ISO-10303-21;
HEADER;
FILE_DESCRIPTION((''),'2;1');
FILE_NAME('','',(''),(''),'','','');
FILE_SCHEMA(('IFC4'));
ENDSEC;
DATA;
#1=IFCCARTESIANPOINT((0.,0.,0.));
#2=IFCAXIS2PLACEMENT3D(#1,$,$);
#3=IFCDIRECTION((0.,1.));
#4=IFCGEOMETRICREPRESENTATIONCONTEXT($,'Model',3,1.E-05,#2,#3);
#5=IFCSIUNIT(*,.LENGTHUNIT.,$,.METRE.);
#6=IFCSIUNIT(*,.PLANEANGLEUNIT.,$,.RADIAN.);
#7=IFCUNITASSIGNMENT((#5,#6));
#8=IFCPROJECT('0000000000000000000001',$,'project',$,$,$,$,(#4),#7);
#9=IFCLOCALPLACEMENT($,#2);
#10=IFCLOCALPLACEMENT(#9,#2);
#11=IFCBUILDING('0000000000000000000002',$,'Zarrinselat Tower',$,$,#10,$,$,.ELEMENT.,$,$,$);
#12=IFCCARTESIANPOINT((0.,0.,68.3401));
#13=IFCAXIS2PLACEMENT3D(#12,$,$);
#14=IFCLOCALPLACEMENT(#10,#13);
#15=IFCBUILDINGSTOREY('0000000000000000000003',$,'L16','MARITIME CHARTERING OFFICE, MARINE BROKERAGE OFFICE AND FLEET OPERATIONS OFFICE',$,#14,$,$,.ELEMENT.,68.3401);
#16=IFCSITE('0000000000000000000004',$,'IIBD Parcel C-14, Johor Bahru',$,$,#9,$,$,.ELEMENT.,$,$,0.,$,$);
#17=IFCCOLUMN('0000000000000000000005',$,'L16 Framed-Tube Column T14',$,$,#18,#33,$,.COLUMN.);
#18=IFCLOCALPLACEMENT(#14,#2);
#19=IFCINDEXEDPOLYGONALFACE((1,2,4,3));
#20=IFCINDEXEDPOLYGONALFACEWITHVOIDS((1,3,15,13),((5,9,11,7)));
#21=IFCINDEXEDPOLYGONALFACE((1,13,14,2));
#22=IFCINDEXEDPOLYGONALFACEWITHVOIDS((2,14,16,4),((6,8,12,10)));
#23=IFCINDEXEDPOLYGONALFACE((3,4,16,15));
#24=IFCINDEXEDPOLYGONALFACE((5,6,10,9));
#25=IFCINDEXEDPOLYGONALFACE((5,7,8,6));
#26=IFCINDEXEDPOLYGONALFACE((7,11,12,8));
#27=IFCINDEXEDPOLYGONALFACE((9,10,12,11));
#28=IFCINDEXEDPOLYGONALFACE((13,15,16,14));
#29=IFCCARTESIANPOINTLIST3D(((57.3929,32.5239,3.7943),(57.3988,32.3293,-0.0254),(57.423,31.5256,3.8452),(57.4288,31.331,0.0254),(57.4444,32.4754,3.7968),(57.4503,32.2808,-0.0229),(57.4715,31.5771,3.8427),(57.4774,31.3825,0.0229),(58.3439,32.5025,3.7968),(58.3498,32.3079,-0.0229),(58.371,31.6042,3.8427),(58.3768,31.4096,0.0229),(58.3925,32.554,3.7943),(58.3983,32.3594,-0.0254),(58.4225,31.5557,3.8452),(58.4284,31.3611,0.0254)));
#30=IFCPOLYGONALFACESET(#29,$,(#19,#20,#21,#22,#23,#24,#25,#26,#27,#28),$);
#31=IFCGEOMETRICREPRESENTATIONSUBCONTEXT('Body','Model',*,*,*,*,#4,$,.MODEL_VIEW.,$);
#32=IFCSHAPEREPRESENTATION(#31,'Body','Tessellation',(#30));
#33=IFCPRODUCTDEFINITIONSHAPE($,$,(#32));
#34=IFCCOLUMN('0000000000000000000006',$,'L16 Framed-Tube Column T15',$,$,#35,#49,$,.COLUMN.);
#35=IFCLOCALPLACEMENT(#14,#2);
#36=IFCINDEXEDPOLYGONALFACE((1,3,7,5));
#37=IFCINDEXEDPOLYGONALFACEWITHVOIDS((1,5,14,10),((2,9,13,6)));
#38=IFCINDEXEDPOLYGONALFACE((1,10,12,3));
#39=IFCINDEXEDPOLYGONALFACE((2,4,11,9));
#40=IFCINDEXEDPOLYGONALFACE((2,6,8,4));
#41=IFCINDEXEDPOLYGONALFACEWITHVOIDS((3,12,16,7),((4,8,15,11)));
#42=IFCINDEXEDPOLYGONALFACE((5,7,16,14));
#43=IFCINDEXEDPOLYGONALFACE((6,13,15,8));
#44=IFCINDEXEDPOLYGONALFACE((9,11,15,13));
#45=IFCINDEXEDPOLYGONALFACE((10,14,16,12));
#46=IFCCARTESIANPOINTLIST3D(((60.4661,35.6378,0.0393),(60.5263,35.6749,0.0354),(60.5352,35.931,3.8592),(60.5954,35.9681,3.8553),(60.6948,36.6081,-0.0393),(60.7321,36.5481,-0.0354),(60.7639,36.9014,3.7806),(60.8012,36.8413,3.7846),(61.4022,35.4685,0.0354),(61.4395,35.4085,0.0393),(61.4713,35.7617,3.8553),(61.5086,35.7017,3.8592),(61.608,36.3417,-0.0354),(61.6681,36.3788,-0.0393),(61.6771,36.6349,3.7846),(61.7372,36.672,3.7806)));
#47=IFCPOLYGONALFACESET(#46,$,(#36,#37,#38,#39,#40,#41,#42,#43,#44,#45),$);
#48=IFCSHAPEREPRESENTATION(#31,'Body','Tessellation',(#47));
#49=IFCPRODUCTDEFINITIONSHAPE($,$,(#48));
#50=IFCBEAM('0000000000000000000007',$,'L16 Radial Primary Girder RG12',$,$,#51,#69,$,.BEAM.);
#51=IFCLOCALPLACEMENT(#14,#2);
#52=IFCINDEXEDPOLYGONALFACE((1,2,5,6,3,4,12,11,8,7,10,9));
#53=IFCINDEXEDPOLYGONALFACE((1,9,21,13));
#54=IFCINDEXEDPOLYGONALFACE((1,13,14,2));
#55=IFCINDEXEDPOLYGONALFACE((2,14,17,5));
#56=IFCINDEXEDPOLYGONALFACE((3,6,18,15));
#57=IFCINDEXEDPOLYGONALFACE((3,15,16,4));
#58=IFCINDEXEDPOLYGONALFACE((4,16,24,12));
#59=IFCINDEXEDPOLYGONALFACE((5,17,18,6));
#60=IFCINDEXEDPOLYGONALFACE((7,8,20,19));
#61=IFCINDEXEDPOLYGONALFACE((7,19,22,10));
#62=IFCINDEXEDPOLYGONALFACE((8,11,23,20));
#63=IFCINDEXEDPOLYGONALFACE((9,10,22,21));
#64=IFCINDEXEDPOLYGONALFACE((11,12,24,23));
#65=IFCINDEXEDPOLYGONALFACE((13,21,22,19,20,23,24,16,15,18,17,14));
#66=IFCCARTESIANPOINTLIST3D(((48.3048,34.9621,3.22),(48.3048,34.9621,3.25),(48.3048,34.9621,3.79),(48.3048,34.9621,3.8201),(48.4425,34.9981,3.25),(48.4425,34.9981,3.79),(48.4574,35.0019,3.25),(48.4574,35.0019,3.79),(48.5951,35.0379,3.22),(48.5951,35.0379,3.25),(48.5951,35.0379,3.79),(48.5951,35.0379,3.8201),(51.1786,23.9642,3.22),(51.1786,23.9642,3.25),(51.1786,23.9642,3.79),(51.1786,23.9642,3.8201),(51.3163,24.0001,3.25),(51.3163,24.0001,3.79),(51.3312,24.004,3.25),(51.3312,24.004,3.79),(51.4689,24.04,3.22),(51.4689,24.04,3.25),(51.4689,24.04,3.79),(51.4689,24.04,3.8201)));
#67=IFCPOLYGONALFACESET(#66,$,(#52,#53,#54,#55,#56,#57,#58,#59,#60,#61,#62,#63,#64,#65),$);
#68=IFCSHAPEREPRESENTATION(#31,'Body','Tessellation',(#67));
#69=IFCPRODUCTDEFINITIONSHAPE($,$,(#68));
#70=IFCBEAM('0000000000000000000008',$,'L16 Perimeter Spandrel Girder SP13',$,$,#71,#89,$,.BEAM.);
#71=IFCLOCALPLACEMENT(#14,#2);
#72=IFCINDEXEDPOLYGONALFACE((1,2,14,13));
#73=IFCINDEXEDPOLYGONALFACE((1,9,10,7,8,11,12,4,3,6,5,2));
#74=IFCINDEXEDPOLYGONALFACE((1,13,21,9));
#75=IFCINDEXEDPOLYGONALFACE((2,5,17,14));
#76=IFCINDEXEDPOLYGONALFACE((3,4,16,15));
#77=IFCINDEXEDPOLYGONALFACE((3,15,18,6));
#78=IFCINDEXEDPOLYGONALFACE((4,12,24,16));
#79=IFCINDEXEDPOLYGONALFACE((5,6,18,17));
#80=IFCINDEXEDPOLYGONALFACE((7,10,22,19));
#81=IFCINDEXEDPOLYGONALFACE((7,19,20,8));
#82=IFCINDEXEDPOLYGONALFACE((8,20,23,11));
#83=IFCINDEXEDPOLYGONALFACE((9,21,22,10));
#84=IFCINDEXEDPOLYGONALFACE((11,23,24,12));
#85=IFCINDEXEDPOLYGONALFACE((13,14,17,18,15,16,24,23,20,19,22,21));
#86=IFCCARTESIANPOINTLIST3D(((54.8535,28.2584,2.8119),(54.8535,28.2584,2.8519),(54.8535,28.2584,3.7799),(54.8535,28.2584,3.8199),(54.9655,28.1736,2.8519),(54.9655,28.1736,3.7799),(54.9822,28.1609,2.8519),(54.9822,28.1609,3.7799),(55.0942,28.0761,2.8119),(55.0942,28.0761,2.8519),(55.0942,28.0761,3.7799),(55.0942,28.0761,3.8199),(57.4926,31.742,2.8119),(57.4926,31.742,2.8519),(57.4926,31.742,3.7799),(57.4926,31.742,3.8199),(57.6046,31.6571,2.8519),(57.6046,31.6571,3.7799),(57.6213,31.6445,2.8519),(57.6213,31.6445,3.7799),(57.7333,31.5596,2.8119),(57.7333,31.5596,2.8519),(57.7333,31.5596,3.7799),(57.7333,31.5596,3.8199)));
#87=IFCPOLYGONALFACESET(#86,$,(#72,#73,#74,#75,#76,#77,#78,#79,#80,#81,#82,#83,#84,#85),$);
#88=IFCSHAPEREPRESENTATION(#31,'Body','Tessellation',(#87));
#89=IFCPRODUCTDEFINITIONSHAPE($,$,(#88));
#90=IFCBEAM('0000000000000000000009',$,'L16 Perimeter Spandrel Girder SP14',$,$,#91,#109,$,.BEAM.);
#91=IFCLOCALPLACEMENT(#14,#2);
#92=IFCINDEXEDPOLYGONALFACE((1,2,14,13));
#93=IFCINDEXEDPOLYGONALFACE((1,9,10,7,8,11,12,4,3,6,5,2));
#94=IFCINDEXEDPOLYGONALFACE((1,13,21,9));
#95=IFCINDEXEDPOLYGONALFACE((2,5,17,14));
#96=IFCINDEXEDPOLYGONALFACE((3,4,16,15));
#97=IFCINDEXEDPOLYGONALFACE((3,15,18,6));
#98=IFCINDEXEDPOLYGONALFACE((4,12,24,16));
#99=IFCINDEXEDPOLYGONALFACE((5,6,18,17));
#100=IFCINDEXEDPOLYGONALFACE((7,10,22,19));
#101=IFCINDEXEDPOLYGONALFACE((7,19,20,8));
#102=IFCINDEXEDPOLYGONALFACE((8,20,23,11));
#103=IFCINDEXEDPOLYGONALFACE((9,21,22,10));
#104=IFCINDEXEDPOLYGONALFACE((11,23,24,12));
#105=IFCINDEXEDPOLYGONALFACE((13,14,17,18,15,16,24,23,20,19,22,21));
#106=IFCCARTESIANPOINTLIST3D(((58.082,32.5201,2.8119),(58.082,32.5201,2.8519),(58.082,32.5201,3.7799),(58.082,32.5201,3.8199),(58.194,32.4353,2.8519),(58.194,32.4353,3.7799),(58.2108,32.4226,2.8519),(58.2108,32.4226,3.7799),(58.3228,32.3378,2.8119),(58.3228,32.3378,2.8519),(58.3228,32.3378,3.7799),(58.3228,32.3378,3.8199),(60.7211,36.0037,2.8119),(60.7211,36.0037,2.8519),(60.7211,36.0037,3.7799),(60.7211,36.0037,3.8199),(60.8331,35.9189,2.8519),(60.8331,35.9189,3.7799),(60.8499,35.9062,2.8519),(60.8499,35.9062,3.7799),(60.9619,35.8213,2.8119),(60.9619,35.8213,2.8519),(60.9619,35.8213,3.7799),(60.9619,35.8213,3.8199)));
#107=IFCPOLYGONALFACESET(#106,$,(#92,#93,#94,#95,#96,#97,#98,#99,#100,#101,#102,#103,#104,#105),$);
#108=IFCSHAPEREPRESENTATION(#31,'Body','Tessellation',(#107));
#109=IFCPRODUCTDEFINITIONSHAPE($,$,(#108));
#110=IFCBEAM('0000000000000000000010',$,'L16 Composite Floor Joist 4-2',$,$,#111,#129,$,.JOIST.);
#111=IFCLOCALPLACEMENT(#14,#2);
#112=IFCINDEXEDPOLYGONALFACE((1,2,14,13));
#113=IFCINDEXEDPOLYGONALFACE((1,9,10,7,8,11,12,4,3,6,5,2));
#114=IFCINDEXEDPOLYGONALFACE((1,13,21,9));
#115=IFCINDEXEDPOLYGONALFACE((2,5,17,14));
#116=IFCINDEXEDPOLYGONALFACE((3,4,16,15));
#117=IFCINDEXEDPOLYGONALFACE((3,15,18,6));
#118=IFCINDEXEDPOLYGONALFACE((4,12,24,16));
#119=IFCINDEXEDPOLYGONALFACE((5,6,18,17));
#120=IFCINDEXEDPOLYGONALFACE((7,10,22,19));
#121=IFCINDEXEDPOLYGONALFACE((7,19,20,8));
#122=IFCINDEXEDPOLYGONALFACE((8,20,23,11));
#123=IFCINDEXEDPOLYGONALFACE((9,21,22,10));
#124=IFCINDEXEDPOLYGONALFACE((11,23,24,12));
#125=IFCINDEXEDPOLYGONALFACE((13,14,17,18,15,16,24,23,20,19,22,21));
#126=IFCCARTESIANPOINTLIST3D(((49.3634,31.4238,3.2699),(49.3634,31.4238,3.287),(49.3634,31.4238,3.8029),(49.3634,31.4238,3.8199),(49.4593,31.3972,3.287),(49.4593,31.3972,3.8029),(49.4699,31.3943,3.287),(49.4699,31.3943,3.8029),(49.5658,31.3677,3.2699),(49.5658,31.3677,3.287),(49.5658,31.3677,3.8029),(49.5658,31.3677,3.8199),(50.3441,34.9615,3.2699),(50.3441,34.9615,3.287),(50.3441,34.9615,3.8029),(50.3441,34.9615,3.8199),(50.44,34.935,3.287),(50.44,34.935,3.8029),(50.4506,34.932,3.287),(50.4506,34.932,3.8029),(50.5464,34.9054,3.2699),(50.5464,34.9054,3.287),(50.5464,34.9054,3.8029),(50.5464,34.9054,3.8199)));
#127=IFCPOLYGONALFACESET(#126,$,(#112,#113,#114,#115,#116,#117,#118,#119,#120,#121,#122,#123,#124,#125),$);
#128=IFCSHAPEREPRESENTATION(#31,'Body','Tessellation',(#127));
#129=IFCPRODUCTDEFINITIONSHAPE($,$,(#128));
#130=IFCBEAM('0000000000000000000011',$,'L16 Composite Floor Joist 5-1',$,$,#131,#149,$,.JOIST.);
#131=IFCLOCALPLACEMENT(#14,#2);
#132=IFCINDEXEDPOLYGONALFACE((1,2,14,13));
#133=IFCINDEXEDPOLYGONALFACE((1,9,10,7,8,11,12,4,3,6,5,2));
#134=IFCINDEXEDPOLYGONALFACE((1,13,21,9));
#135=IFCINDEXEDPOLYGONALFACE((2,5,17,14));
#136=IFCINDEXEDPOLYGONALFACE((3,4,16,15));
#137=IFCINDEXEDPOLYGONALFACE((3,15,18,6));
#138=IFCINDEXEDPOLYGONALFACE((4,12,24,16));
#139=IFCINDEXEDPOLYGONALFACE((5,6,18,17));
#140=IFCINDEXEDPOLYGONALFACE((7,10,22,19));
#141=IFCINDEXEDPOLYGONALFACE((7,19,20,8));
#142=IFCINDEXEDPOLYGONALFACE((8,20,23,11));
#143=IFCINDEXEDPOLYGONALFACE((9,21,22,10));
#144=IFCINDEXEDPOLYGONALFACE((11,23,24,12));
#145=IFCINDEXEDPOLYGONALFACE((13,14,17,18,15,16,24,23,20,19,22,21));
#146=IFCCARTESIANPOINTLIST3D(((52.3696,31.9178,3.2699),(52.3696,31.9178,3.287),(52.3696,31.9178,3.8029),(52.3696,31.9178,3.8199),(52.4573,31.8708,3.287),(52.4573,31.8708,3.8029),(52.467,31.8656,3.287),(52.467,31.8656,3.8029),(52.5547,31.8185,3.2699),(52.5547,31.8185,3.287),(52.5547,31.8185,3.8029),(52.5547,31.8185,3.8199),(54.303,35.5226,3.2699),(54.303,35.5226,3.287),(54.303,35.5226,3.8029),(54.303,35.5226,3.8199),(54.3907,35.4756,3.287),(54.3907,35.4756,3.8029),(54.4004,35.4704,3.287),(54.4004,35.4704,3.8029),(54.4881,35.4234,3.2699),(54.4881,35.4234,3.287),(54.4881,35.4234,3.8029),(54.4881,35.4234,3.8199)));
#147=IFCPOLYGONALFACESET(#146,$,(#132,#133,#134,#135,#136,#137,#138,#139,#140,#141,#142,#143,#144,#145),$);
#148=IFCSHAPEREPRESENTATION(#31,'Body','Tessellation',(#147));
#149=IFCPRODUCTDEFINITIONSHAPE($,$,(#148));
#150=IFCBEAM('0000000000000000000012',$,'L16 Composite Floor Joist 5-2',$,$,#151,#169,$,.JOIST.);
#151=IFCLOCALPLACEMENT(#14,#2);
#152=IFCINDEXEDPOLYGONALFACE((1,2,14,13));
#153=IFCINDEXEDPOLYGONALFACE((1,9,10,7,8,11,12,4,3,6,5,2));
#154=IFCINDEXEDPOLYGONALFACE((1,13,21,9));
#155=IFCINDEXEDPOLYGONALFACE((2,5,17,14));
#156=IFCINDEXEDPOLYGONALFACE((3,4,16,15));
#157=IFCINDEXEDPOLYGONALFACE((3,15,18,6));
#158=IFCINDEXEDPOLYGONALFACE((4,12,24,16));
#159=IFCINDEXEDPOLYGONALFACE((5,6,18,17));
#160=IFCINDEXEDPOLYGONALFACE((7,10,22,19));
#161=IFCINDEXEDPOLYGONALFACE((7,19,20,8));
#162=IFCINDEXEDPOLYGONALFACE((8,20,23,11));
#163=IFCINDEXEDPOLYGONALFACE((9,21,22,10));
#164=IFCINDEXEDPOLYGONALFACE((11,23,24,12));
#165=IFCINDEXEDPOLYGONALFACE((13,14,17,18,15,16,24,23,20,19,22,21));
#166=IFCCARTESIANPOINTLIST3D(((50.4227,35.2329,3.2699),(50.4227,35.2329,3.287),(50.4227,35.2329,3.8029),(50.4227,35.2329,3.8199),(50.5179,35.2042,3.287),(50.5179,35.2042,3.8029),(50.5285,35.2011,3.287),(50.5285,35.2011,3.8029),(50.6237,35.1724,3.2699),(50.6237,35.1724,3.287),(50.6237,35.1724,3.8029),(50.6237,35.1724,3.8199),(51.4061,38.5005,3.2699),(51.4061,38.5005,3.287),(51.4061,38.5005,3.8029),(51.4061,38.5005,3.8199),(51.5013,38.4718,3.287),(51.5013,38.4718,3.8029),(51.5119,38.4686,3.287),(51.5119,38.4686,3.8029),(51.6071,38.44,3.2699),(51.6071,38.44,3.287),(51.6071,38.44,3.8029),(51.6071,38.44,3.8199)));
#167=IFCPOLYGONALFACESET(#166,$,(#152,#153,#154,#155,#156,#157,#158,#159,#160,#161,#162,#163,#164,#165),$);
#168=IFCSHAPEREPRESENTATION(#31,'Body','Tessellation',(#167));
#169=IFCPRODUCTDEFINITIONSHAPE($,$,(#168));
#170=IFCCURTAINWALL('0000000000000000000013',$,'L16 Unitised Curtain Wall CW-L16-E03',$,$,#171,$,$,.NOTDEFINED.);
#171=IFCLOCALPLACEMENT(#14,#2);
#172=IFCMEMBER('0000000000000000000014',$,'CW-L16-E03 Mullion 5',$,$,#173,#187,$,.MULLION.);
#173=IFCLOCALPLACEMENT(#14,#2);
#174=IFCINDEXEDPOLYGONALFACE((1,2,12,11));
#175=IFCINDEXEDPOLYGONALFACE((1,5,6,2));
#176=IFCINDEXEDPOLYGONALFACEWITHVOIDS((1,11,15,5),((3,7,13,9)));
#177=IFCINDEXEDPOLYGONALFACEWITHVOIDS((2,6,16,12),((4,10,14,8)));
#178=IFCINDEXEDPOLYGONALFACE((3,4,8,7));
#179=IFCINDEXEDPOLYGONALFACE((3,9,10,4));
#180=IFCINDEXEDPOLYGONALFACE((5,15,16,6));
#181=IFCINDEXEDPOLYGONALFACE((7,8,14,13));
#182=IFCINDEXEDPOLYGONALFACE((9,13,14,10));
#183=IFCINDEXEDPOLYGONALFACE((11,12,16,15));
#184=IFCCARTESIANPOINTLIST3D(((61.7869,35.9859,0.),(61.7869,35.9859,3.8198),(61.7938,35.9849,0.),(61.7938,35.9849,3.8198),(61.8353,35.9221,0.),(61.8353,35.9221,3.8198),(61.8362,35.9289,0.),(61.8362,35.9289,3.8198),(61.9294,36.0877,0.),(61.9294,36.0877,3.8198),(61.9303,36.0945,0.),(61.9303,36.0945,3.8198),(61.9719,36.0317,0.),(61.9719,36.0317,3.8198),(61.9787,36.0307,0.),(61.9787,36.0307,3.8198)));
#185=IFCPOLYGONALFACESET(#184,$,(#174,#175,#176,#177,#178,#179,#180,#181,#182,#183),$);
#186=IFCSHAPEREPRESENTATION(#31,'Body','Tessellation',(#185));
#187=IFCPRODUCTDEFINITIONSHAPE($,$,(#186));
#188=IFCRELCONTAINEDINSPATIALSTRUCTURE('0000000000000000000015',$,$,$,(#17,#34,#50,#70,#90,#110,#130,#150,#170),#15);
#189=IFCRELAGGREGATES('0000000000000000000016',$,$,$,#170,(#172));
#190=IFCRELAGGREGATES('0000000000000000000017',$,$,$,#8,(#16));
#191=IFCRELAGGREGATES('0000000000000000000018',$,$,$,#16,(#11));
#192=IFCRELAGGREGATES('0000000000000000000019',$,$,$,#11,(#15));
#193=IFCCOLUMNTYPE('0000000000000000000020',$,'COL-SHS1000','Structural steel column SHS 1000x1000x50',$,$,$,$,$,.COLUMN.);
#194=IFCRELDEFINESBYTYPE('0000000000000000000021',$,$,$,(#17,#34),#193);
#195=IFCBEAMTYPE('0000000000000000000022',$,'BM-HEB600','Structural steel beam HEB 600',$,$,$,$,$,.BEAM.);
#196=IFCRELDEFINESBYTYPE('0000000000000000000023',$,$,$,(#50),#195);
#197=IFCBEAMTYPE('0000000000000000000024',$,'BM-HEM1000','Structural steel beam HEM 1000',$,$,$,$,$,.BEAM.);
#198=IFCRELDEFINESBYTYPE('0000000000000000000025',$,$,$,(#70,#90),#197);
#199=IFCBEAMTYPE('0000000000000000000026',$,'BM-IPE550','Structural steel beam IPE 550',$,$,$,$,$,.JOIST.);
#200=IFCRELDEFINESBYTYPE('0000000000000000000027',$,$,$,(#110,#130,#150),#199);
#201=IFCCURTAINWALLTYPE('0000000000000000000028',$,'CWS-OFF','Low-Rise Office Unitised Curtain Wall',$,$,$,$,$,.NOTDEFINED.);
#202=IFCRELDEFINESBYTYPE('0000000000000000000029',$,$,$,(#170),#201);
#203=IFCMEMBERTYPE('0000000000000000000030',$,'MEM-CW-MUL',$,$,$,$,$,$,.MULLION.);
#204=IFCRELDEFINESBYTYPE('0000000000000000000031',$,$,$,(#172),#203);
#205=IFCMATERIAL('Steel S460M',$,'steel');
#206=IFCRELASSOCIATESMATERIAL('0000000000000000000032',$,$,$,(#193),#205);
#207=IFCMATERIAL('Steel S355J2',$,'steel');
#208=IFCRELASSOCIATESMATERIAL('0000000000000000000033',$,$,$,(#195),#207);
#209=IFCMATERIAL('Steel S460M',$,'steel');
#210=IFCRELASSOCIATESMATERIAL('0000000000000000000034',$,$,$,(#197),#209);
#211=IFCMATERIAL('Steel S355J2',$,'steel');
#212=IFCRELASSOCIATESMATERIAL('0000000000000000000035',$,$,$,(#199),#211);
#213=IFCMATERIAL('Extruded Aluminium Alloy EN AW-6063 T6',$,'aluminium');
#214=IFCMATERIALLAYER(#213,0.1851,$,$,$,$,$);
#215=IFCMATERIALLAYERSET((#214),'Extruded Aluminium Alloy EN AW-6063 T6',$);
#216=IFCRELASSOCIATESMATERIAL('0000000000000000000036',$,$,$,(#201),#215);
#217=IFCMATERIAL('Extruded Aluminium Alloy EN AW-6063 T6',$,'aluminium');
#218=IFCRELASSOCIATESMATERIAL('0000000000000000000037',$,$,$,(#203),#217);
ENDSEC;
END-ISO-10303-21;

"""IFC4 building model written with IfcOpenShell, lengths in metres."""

from ifc_helpers import new_model, si_unit, direction, frame, origin, origin_2d, place, context, subcontext, project, spatial, hollow_rectangle, i_section, extrude, material, layer, layer_set, material_profile, profile_set, type_object, element, aggregate, save


model = new_model("IFC4")

# Units and contexts
model_context = context("Model", 3, precision=1e-05, world=origin(), true_north=direction((0.0, 1.0)))
body_context = subcontext(model_context, "Body", "Model", "MODEL_VIEW")
ifc_project = project(units=[si_unit("LENGTHUNIT", "METRE"), si_unit("PLANEANGLEUNIT", "RADIAN")], contexts=[model_context])

# Site, building, storey
site_placement = place(None, origin())
site = spatial("IfcSite", under=ifc_project, at=site_placement, Name="IIBD Parcel C-14, Johor Bahru", CompositionType="ELEMENT", RefElevation=0.0)
building_placement = place(site_placement, origin())
building = spatial("IfcBuilding", under=site, at=building_placement, Name="Zarrinselat Tower", CompositionType="ELEMENT")
storey_placement = place(building_placement, frame((0.0, 0.0, 68.3401)))
storey = spatial("IfcBuildingStorey", under=building, at=storey_placement, Name="L16", Description="MARITIME CHARTERING OFFICE, MARINE BROKERAGE OFFICE AND FLEET OPERATIONS OFFICE", CompositionType="ELEMENT", Elevation=68.3401)

# Columns
ifc_material_1 = material(Name="Steel S460M", Category="steel")
ifc_material_profile_1 = material_profile(ifc_material_1, hollow_rectangle(XDim=1.0, YDim=1.0, WallThickness=0.05, at=origin_2d()), Name="SHS 1000x1000x50")
ifc_profile_set_1 = profile_set([ifc_material_profile_1], Name="Steel S460M")
column_type = type_object("IfcColumnType", Name="COL-SHS1000", Description="Structural steel column SHS 1000x1000x50", PredefinedType="COLUMN", material=ifc_profile_set_1)
column_1_placement = place(storey_placement, frame((57.9136, 31.8452, 0.0), z_axis=(-0.001532, 0.050874, 0.998704), x_axis=(-0.999547, -0.030099, 0.0)))
element("IfcColumn", 1, at=column_1_placement, inside=storey, type_object=column_type, Name="L16 Framed-Tube Column T14", PredefinedType="COLUMN", context=body_context, shape_type="SweptSolid", body=[
    extrude(hollow_rectangle(XDim=1.0, YDim=1.0, WallThickness=0.05, at=origin_2d()), origin(), (0.0, 0.0, 1.0), 3.8247),
])
column_2_placement = place(storey_placement, frame((61.0671, 36.0083, 0.0), z_axis=(0.018032, 0.076523, 0.996905), x_axis=(-0.973343, 0.229356, 0.0)))
element("IfcColumn", 2, at=column_2_placement, inside=storey, type_object=column_type, Name="L16 Framed-Tube Column T15", PredefinedType="COLUMN", context=body_context, shape_type="SweptSolid", body=[
    extrude(hollow_rectangle(XDim=1.0, YDim=1.0, WallThickness=0.05, at=origin_2d()), origin(), (0.0, 0.0, 1.0), 3.8318),
])

# Beams
ifc_material_2 = material(Name="Steel S355J2", Category="steel")
ifc_material_profile_2 = material_profile(ifc_material_2, i_section(OverallWidth=0.3, OverallDepth=0.6001, WebThickness=0.0154, FlangeThickness=0.03, at=origin_2d()), Name="HEB 600")
ifc_profile_set_2 = profile_set([ifc_material_profile_2], Name="Steel S355J2")
beam_type_1 = type_object("IfcBeamType", Name="BM-HEB600", Description="Structural steel beam HEB 600", PredefinedType="BEAM", material=ifc_profile_set_2)
beam_1_placement = place(storey_placement, frame((48.45, 35.0, 3.52), z_axis=(0.252816, -0.967514, 0.0), x_axis=(0.967514, 0.252816, 0.0)))
element("IfcBeam", 3, at=beam_1_placement, inside=storey, type_object=beam_type_1, Name="L16 Radial Primary Girder RG12", PredefinedType="BEAM", context=body_context, shape_type="SweptSolid", body=[
    extrude(i_section(OverallWidth=0.3, OverallDepth=0.6001, WebThickness=0.0154, FlangeThickness=0.03, at=origin_2d()), origin(), (0.0, 0.0, 1.0), 11.3672),
])
ifc_material_3 = material(Name="Steel S460M", Category="steel")
ifc_material_profile_3 = material_profile(ifc_material_3, i_section(OverallWidth=0.302, OverallDepth=1.0081, WebThickness=0.021, FlangeThickness=0.04, at=origin_2d()), Name="HEM 1000")
ifc_profile_set_3 = profile_set([ifc_material_profile_3], Name="Steel S460M")
beam_type_2 = type_object("IfcBeamType", Name="BM-HEM1000", Description="Structural steel beam HEM 1000", PredefinedType="BEAM", material=ifc_profile_set_3)
for number, where, z_axis, x_axis, name in (
    (4, (54.9739, 28.1672, 3.3159), (0.603863, 0.797088, 0.0), (-0.797088, 0.603863, 0.0), "L16 Perimeter Spandrel Girder SP13"),
    (5, (58.2024, 32.429, 3.3159), (0.603863, 0.797088, 0.0), (-0.797088, 0.603863, 0.0), "L16 Perimeter Spandrel Girder SP14"),
):
    element("IfcBeam", number, at=place(storey_placement, frame(where, z_axis=z_axis, x_axis=x_axis)), inside=storey, type_object=beam_type_2, Name=name, PredefinedType="BEAM", context=body_context, shape_type="SweptSolid", body=[
        extrude(i_section(OverallWidth=0.302, OverallDepth=1.0081, WebThickness=0.021, FlangeThickness=0.04, at=origin_2d()), origin(), (0.0, 0.0, 1.0), 4.3704),
    ])
ifc_material_4 = material(Name="Steel S355J2", Category="steel")
ifc_material_profile_4 = material_profile(ifc_material_4, i_section(OverallWidth=0.21, OverallDepth=0.55, WebThickness=0.011, FlangeThickness=0.0171, at=origin_2d()), Name="IPE 550")
ifc_profile_set_4 = profile_set([ifc_material_profile_4], Name="Steel S355J2")
beam_type_3 = type_object("IfcBeamType", Name="BM-IPE550", Description="Structural steel beam IPE 550", PredefinedType="JOIST", material=ifc_profile_set_4)
beam_2_placement = place(storey_placement, frame((49.4646, 31.3958, 3.5449), z_axis=(0.267133, 0.96366, 0.0), x_axis=(-0.96366, 0.267133, 0.0)))
element("IfcBeam", 6, at=beam_2_placement, inside=storey, type_object=beam_type_3, Name="L16 Composite Floor Joist 4-2", PredefinedType="JOIST", context=body_context, shape_type="SweptSolid", body=[
    extrude(i_section(OverallWidth=0.21, OverallDepth=0.55, WebThickness=0.011, FlangeThickness=0.0171, at=origin_2d()), origin(), (0.0, 0.0, 1.0), 3.6711),
])
beam_3_placement = place(storey_placement, frame((52.4622, 31.8682, 3.5449), z_axis=(0.472647, 0.881252, 0.0), x_axis=(-0.881252, 0.472647, 0.0)))
element("IfcBeam", 7, at=beam_3_placement, inside=storey, type_object=beam_type_3, Name="L16 Composite Floor Joist 5-1", PredefinedType="JOIST", context=body_context, shape_type="SweptSolid", body=[
    extrude(i_section(OverallWidth=0.21, OverallDepth=0.55, WebThickness=0.011, FlangeThickness=0.0171, at=origin_2d()), origin(), (0.0, 0.0, 1.0), 4.0906),
])
beam_4_placement = place(storey_placement, frame((50.5232, 35.2026, 3.5449), z_axis=(0.288188, 0.957574, 0.0), x_axis=(-0.957574, 0.288188, 0.0)))
element("IfcBeam", 8, at=beam_4_placement, inside=storey, type_object=beam_type_3, Name="L16 Composite Floor Joist 5-2", PredefinedType="JOIST", context=body_context, shape_type="SweptSolid", body=[
    extrude(i_section(OverallWidth=0.21, OverallDepth=0.55, WebThickness=0.011, FlangeThickness=0.0171, at=origin_2d()), origin(), (0.0, 0.0, 1.0), 3.4124),
])

# Curtain wall, member
ifc_material_5 = material(Name="Extruded Aluminium Alloy EN AW-6063 T6", Category="aluminium")
ifc_layer_1 = layer(ifc_material_5, 0.1851)
ifc_layer_set_1 = layer_set([ifc_layer_1], Name="Extruded Aluminium Alloy EN AW-6063 T6")
curtain_wall_type = type_object("IfcCurtainWallType", Name="CWS-OFF", Description="Low-Rise Office Unitised Curtain Wall", PredefinedType="NOTDEFINED", material=ifc_layer_set_1)
curtain_wall_1_placement = place(storey_placement, origin())
curtain_wall_1 = element("IfcCurtainWall", 9, at=curtain_wall_1_placement, inside=storey, type_object=curtain_wall_type, Name="L16 Unitised Curtain Wall CW-L16-E03", PredefinedType="NOTDEFINED")
ifc_material_6 = material(Name="Extruded Aluminium Alloy EN AW-6063 T6", Category="aluminium")
ifc_material_profile_5 = material_profile(ifc_material_6, hollow_rectangle(XDim=0.0801, YDim=0.1799, WallThickness=0.0049, at=origin_2d()), Name="RHS 180x80x5")
ifc_profile_set_5 = profile_set([ifc_material_profile_5], Name="Extruded Aluminium Alloy EN AW-6063 T6")
member_type_1 = type_object("IfcMemberType", Name="MEM-CW-MUL", PredefinedType="MULLION", material=ifc_profile_set_5)
member_1_placement = place(storey_placement, frame((61.8828, 36.0083, 0.0), z_axis=(0.0, 0.0, 1.0), x_axis=(0.60386, -0.797091, 0.0)))
member_1 = element("IfcMember", 10, at=member_1_placement, type_object=member_type_1, Name="CW-L16-E03 Mullion 5", PredefinedType="MULLION", context=body_context, shape_type="SweptSolid", body=[
    extrude(hollow_rectangle(XDim=0.0801, YDim=0.1799, WallThickness=0.0049, at=origin_2d()), origin(), (0.0, 0.0, 1.0), 3.8198),
])
aggregate(curtain_wall_1, [member_1])

save(model, "model.ifc")
